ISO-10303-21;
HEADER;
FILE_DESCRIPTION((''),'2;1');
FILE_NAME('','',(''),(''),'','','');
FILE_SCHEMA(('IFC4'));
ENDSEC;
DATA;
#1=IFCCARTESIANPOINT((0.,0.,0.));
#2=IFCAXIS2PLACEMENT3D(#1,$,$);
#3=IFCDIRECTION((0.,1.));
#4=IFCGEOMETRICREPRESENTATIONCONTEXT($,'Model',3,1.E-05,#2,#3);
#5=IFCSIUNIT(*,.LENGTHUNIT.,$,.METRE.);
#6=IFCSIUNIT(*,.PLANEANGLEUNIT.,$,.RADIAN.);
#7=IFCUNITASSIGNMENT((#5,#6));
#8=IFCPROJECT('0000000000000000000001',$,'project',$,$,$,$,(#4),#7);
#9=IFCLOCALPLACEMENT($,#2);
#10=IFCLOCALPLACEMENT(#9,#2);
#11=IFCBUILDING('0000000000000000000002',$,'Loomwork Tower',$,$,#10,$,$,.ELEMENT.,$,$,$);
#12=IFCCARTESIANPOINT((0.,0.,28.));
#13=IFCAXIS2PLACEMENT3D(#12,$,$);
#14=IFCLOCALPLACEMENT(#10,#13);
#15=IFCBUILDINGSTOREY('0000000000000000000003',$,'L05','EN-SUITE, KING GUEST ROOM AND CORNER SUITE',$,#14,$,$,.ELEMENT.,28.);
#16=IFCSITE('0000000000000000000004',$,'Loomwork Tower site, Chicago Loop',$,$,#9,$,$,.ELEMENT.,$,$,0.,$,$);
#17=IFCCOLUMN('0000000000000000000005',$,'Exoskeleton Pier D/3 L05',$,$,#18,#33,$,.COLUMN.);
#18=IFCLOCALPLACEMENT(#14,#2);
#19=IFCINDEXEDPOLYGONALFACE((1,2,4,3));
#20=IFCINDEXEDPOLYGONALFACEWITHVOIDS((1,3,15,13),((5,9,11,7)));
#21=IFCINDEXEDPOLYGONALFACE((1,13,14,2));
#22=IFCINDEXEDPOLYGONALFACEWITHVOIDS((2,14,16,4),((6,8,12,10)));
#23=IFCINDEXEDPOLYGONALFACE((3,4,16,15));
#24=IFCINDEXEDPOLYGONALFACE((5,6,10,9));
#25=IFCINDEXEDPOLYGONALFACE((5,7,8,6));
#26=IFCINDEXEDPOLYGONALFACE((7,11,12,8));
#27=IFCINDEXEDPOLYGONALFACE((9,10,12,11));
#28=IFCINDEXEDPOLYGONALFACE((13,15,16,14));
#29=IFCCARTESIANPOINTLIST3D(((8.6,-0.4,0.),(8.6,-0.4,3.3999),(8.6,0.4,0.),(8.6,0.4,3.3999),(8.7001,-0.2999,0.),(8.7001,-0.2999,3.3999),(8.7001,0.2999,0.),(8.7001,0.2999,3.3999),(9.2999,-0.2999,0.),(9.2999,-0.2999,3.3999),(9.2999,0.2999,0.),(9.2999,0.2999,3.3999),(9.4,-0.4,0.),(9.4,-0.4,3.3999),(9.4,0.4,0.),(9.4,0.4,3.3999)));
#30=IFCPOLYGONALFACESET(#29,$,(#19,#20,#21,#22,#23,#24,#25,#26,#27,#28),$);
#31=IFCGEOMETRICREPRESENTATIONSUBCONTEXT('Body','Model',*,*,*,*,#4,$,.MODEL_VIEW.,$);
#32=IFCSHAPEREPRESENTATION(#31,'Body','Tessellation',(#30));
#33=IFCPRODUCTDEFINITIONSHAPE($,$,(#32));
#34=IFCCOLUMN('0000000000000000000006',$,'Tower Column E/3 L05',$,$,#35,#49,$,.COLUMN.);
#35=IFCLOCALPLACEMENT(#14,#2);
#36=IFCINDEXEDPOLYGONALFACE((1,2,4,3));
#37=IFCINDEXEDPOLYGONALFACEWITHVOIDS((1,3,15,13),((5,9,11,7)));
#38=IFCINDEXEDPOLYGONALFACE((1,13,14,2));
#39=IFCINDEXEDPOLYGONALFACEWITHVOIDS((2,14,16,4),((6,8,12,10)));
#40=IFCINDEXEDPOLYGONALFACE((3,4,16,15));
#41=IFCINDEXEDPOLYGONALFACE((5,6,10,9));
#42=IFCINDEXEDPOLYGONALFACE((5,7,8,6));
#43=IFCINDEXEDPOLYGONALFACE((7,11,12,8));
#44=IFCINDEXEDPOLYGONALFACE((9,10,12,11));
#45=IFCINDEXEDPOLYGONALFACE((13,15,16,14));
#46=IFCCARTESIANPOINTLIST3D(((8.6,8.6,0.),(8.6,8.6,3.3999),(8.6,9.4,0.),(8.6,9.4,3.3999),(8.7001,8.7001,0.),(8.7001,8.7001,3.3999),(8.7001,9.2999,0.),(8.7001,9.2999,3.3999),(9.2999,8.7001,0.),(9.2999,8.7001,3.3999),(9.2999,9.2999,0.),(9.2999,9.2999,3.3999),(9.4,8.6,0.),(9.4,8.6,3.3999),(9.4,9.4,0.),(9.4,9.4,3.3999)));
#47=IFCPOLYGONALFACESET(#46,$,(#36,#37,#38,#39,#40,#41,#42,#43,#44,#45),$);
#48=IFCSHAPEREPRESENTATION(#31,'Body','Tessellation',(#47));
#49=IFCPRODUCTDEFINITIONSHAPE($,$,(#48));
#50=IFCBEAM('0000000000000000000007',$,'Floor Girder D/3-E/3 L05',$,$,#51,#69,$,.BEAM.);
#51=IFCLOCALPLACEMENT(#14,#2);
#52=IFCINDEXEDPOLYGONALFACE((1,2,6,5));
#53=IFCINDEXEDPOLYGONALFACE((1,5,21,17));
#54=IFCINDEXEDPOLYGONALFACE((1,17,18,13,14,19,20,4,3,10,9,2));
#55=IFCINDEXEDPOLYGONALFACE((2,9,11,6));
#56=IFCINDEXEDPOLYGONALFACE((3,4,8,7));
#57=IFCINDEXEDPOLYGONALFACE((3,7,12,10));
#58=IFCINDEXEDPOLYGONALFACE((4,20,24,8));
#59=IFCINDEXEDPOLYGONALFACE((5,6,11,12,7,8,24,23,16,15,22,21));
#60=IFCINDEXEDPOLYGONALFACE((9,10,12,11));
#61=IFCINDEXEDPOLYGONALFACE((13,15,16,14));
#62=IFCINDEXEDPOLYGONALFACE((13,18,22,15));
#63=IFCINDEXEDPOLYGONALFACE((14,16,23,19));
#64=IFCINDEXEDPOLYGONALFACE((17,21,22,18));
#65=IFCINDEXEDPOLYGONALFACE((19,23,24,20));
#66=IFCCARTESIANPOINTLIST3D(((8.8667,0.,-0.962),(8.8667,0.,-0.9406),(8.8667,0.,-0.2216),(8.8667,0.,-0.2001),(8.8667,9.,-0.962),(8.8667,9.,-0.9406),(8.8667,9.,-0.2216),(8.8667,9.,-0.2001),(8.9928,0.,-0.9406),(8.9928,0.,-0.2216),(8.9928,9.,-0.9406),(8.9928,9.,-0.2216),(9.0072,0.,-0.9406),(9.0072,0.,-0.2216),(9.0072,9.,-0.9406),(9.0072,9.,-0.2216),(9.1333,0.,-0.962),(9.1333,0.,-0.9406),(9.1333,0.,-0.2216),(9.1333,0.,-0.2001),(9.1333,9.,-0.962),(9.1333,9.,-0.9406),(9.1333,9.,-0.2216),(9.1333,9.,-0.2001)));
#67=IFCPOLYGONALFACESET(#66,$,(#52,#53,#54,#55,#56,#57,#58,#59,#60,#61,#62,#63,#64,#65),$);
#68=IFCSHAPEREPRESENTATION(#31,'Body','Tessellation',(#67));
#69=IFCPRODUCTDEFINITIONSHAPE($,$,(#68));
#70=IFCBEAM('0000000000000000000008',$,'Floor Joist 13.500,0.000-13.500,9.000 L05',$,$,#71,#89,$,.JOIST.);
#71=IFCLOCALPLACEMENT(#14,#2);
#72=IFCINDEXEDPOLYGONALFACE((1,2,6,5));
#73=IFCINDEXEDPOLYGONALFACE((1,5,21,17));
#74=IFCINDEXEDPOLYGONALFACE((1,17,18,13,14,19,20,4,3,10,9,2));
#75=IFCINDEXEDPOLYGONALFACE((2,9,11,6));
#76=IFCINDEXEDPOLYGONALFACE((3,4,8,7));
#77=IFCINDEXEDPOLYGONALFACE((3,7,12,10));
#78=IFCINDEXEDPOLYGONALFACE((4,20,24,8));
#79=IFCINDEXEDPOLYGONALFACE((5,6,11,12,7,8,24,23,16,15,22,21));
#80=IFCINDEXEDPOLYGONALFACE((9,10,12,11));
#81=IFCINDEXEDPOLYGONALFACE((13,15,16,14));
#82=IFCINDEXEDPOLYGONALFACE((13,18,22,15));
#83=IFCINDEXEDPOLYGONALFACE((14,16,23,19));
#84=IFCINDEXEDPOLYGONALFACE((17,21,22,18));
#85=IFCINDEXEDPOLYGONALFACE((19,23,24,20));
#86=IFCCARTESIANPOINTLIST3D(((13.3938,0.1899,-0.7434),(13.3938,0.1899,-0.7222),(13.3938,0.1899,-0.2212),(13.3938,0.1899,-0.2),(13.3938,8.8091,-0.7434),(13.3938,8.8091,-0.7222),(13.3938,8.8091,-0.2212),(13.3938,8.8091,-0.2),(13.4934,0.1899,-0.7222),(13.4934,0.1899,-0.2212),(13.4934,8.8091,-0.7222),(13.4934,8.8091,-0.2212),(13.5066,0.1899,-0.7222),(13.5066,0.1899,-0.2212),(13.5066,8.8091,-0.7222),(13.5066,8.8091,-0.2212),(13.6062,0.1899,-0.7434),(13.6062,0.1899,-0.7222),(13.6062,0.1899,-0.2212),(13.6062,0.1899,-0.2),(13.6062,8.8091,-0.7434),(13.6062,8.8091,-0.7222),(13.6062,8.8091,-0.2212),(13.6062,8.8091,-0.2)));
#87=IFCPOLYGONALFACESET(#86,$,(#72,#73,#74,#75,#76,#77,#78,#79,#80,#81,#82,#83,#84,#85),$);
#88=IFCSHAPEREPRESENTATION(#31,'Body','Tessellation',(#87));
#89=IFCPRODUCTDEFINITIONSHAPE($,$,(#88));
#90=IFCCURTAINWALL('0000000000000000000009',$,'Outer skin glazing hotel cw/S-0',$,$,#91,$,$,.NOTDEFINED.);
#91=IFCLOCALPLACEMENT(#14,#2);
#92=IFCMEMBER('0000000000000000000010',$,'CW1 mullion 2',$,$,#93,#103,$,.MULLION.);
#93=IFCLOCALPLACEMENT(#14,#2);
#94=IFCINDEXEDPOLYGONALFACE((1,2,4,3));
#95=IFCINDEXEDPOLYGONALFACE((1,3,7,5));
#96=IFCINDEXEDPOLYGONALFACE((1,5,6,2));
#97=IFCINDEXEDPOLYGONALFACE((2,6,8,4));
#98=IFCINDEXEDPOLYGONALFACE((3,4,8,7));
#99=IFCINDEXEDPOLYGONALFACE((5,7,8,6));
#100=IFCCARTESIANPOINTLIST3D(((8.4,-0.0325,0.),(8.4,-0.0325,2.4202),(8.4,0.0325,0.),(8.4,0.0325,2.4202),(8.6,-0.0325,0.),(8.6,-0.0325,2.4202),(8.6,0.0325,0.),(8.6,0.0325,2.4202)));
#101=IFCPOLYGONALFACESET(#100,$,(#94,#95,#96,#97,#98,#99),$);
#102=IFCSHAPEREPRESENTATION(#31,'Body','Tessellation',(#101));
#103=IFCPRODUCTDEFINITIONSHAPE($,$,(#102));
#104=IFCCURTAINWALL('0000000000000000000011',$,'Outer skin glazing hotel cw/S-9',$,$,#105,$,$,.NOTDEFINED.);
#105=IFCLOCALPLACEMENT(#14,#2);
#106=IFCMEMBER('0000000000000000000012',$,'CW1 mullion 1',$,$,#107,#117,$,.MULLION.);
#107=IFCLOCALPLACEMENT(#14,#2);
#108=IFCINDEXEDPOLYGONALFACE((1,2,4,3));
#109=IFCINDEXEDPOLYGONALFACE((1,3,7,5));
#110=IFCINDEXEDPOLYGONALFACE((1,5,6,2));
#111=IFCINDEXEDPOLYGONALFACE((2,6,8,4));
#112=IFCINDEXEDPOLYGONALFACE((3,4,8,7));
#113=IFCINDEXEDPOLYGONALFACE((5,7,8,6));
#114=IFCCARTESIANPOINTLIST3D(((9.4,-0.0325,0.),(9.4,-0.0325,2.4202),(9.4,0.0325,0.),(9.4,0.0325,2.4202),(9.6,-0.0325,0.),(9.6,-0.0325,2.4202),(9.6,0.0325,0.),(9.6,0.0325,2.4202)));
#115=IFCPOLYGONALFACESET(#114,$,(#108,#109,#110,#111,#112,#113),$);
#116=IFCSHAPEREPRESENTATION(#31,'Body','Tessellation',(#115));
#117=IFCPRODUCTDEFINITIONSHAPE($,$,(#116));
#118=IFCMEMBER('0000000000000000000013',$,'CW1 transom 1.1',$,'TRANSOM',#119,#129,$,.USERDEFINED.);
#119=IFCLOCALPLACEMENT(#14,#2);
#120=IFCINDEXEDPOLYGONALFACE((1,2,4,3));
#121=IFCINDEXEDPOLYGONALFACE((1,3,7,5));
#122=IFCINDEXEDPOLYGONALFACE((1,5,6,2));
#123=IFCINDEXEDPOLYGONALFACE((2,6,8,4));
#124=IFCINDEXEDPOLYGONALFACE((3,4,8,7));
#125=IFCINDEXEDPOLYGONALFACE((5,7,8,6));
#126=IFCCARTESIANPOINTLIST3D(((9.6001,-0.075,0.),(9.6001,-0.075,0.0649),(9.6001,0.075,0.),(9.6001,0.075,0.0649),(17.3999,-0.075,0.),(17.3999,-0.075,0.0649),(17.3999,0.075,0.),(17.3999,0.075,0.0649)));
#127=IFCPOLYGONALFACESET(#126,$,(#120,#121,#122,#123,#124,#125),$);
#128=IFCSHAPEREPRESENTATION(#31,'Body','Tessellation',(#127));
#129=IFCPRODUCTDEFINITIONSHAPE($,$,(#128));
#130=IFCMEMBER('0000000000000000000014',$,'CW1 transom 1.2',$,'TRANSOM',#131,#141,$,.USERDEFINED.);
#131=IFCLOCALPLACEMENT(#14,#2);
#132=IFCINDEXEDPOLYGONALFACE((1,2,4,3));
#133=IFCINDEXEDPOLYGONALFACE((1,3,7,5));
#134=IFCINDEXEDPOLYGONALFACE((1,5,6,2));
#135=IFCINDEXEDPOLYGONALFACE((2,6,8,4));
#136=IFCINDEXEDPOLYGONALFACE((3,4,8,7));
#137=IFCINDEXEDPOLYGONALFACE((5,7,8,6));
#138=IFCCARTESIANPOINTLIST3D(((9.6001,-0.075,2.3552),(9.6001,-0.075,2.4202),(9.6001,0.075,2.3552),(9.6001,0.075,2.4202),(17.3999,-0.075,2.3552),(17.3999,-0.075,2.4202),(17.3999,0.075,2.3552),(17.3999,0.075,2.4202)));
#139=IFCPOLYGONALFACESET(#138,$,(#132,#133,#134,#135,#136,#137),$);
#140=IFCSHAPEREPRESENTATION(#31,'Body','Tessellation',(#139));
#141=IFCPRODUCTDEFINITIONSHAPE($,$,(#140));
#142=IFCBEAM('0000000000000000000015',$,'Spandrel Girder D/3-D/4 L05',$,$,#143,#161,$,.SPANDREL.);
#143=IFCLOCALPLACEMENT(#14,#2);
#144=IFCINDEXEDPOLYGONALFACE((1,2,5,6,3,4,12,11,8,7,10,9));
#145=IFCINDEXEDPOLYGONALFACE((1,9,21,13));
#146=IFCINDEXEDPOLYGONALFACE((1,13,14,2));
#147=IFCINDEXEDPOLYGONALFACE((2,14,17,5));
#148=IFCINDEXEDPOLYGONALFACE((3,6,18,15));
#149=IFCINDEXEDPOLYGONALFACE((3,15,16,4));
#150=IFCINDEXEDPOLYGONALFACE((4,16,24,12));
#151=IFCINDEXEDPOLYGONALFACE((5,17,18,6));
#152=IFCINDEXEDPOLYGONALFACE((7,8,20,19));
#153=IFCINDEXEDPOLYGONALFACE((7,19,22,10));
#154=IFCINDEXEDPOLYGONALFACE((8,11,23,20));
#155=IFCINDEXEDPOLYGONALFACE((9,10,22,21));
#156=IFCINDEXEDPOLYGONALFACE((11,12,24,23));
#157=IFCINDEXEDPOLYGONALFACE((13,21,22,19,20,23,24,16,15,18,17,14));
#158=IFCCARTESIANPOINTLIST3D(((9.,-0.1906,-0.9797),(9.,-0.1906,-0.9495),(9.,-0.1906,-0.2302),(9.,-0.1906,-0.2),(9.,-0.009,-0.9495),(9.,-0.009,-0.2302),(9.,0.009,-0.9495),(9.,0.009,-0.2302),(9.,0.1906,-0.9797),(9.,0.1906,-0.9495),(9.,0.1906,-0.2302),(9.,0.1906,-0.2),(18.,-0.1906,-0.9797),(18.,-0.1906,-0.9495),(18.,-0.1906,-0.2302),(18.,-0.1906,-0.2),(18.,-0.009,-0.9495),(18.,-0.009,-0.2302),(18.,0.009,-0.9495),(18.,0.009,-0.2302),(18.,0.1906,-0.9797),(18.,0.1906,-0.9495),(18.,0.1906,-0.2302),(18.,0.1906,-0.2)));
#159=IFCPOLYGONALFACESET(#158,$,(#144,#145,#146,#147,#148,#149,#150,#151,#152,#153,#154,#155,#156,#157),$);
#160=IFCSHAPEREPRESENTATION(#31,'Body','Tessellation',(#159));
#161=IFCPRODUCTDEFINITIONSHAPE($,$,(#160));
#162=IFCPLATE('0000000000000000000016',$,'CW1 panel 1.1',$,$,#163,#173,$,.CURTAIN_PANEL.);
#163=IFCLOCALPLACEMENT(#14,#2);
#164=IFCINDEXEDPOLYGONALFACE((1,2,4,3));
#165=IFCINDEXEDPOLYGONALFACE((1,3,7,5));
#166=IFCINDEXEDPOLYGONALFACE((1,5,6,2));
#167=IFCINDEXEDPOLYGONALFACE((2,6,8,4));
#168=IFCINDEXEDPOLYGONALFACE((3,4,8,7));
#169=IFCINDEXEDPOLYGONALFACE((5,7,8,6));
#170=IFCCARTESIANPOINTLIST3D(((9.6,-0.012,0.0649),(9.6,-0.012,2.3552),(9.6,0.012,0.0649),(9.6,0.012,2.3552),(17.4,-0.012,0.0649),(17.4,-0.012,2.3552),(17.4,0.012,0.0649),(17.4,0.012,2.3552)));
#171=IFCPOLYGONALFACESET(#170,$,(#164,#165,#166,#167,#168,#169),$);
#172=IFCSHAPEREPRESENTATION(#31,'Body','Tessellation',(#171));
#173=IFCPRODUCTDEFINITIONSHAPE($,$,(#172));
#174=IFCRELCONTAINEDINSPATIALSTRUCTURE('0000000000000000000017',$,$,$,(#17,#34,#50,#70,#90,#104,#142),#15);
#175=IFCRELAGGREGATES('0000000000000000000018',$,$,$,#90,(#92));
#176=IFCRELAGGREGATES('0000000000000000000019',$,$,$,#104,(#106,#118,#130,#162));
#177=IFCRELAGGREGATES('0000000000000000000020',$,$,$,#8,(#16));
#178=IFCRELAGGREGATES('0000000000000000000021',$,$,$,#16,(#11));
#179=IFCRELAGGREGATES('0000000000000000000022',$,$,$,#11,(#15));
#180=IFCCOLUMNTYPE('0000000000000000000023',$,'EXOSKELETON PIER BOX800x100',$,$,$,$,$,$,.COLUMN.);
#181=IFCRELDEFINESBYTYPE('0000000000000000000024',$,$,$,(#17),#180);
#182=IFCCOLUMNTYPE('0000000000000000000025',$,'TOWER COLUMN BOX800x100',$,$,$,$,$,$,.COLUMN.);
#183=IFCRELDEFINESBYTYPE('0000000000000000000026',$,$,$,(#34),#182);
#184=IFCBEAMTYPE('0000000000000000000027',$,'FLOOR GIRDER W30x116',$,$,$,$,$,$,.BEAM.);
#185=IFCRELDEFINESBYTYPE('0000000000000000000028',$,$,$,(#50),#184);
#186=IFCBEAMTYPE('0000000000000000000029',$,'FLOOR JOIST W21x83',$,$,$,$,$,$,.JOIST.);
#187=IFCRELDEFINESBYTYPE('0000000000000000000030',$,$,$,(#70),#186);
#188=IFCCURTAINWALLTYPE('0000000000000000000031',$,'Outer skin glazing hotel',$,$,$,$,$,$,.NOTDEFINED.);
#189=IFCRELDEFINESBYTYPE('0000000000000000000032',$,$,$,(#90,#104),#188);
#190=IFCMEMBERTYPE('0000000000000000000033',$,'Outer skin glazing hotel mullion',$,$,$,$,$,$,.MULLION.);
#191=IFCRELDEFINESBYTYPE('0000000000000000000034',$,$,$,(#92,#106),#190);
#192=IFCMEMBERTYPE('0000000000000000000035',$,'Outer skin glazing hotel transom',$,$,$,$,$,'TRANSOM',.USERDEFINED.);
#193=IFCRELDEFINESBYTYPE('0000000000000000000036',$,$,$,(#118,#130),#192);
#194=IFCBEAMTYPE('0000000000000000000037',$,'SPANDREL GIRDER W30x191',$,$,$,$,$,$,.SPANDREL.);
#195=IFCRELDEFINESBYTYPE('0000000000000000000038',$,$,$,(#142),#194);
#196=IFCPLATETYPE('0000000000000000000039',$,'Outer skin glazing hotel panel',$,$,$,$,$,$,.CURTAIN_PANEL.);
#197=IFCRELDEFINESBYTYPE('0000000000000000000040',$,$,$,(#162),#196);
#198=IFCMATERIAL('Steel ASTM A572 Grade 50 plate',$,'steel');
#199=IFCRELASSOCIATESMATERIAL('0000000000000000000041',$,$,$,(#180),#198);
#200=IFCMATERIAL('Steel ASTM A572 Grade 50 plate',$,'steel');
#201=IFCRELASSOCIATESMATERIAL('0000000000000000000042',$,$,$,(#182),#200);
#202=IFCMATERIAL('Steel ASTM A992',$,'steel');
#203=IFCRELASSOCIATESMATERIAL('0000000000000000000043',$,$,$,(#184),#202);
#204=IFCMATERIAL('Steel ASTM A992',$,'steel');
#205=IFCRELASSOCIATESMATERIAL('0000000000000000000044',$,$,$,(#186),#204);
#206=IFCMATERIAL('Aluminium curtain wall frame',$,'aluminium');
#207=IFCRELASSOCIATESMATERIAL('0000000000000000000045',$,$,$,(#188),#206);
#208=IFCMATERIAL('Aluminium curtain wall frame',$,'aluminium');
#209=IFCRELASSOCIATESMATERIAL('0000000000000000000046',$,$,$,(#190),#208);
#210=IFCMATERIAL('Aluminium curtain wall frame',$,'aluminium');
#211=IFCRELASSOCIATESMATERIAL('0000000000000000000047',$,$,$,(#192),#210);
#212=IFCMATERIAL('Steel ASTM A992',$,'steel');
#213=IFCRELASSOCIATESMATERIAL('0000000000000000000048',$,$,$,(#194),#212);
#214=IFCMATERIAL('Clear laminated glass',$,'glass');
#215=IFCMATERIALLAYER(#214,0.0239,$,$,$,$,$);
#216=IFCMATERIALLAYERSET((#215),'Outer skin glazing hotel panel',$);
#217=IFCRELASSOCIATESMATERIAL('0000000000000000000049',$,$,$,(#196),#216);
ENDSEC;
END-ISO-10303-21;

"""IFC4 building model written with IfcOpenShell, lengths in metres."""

from ifc_helpers import new_model, si_unit, direction, frame, origin, origin_2d, place, context, subcontext, project, spatial, rectangle, hollow_rectangle, i_section, extrude, material, layer, layer_set, material_profile, profile_set, type_object, element, aggregate, save


model = new_model("IFC4")

# Units and contexts
model_context = context("Model", 3, precision=1e-05, world=origin(), true_north=direction((0.0, 1.0)))
body_context = subcontext(model_context, "Body", "Model", "MODEL_VIEW")
ifc_project = project(units=[si_unit("LENGTHUNIT", "METRE"), si_unit("PLANEANGLEUNIT", "RADIAN")], contexts=[model_context])

# Site, building, storey
site_placement = place(None, origin())
site = spatial("IfcSite", under=ifc_project, at=site_placement, Name="Loomwork Tower site, Chicago Loop", CompositionType="ELEMENT", RefElevation=0.0)
building_placement = place(site_placement, origin())
building = spatial("IfcBuilding", under=site, at=building_placement, Name="Loomwork Tower", CompositionType="ELEMENT")
storey_placement = place(building_placement, frame((0.0, 0.0, 28.0)))
storey = spatial("IfcBuildingStorey", under=building, at=storey_placement, Name="L05", Description="EN-SUITE, KING GUEST ROOM AND CORNER SUITE", CompositionType="ELEMENT", Elevation=28.0)

# Columns
ifc_material_1 = material(Name="Steel ASTM A572 Grade 50 plate", Category="steel")
ifc_material_profile_1 = material_profile(ifc_material_1, hollow_rectangle(XDim=0.8, YDim=0.8, WallThickness=0.1001, at=origin_2d()), Name="BOX800x100")
ifc_profile_set_1 = profile_set([ifc_material_profile_1], Name="Steel ASTM A572 Grade 50 plate")
column_type_1 = type_object("IfcColumnType", Name="EXOSKELETON PIER BOX800x100", PredefinedType="COLUMN", material=ifc_profile_set_1)
column_1_placement = place(storey_placement, frame((9.0, 0.0, 0.0), z_axis=(0.0, 0.0, 1.0), x_axis=(1.0, 0.0, 0.0)))
element("IfcColumn", 1, at=column_1_placement, inside=storey, type_object=column_type_1, Name="Exoskeleton Pier D/3 L05", PredefinedType="COLUMN", context=body_context, shape_type="SweptSolid", body=[
    extrude(hollow_rectangle(XDim=0.8, YDim=0.8, WallThickness=0.1001, at=origin_2d()), origin(), (0.0, 0.0, 1.0), 3.3999),
])
ifc_material_2 = material(Name="Steel ASTM A572 Grade 50 plate", Category="steel")
ifc_material_profile_2 = material_profile(ifc_material_2, hollow_rectangle(XDim=0.8, YDim=0.8, WallThickness=0.1001, at=origin_2d()), Name="BOX800x100")
ifc_profile_set_2 = profile_set([ifc_material_profile_2], Name="Steel ASTM A572 Grade 50 plate")
column_type_2 = type_object("IfcColumnType", Name="TOWER COLUMN BOX800x100", PredefinedType="COLUMN", material=ifc_profile_set_2)
column_2_placement = place(storey_placement, frame((9.0, 9.0, 0.0), z_axis=(0.0, 0.0, 1.0), x_axis=(1.0, 0.0, 0.0)))
element("IfcColumn", 2, at=column_2_placement, inside=storey, type_object=column_type_2, Name="Tower Column E/3 L05", PredefinedType="COLUMN", context=body_context, shape_type="SweptSolid", body=[
    extrude(hollow_rectangle(XDim=0.8, YDim=0.8, WallThickness=0.1001, at=origin_2d()), origin(), (0.0, 0.0, 1.0), 3.3999),
])

# Beams
ifc_material_3 = material(Name="Steel ASTM A992", Category="steel")
ifc_material_profile_3 = material_profile(ifc_material_3, i_section(OverallWidth=0.2666, OverallDepth=0.762, WebThickness=0.0144, FlangeThickness=0.0215, at=origin_2d()), Name="W30x116")
ifc_profile_set_3 = profile_set([ifc_material_profile_3], Name="Steel ASTM A992")
beam_type_1 = type_object("IfcBeamType", Name="FLOOR GIRDER W30x116", PredefinedType="BEAM", material=ifc_profile_set_3)
beam_1_placement = place(storey_placement, frame((9.0, 0.0, -0.5811), z_axis=(0.0, 1.0, 0.0), x_axis=(-1.0, 0.0, 0.0)))
element("IfcBeam", 3, at=beam_1_placement, inside=storey, type_object=beam_type_1, Name="Floor Girder D/3-E/3 L05", PredefinedType="BEAM", context=body_context, shape_type="SweptSolid", body=[
    extrude(i_section(OverallWidth=0.2666, OverallDepth=0.762, WebThickness=0.0144, FlangeThickness=0.0215, at=origin_2d()), origin(), (0.0, 0.0, 1.0), 9.0),
])
ifc_material_4 = material(Name="Steel ASTM A992", Category="steel")
ifc_material_profile_4 = material_profile(ifc_material_4, i_section(OverallWidth=0.2124, OverallDepth=0.5435, WebThickness=0.0132, FlangeThickness=0.0212, at=origin_2d()), Name="W21x83")
ifc_profile_set_4 = profile_set([ifc_material_profile_4], Name="Steel ASTM A992")
beam_type_2 = type_object("IfcBeamType", Name="FLOOR JOIST W21x83", PredefinedType="JOIST", material=ifc_profile_set_4)
beam_2_placement = place(storey_placement, frame((13.5, 0.1899, -0.4717), z_axis=(0.0, 1.0, 0.0), x_axis=(-1.0, 0.0, 0.0)))
element("IfcBeam", 4, at=beam_2_placement, inside=storey, type_object=beam_type_2, Name="Floor Joist 13.500,0.000-13.500,9.000 L05", PredefinedType="JOIST", context=body_context, shape_type="SweptSolid", body=[
    extrude(i_section(OverallWidth=0.2124, OverallDepth=0.5435, WebThickness=0.0132, FlangeThickness=0.0212, at=origin_2d()), origin(), (0.0, 0.0, 1.0), 8.6191),
])

# Curtain wall, member
ifc_material_5 = material(Name="Aluminium curtain wall frame", Category="aluminium")
curtain_wall_type = type_object("IfcCurtainWallType", Name="Outer skin glazing hotel", PredefinedType="NOTDEFINED", material=ifc_material_5)
curtain_wall_1_placement = place(storey_placement, origin())
curtain_wall_1 = element("IfcCurtainWall", 5, at=curtain_wall_1_placement, inside=storey, type_object=curtain_wall_type, Name="Outer skin glazing hotel cw/S-0", PredefinedType="NOTDEFINED")
ifc_material_6 = material(Name="Aluminium curtain wall frame", Category="aluminium")
ifc_material_profile_5 = material_profile(ifc_material_6, rectangle(XDim=0.0649, YDim=0.2, at=origin_2d()), Name="AL 65x200")
ifc_profile_set_5 = profile_set([ifc_material_profile_5], Name="Aluminium curtain wall frame")
member_type_1 = type_object("IfcMemberType", Name="Outer skin glazing hotel mullion", PredefinedType="MULLION", material=ifc_profile_set_5)
member_1_placement = place(storey_placement, frame((8.5, 0.0, 0.0), z_axis=(0.0, 0.0, 1.0), x_axis=(0.0, 1.0, 0.0)))
member_1 = element("IfcMember", 6, at=member_1_placement, type_object=member_type_1, Name="CW1 mullion 2", PredefinedType="MULLION", context=body_context, shape_type="SweptSolid", body=[
    extrude(rectangle(XDim=0.0649, YDim=0.2, at=origin_2d()), origin(), (0.0, 0.0, 1.0), 2.4202),
])
aggregate(curtain_wall_1, [member_1])

# Curtain wall, members
curtain_wall_2_placement = place(storey_placement, origin())
curtain_wall_2 = element("IfcCurtainWall", 7, at=curtain_wall_2_placement, inside=storey, type_object=curtain_wall_type, Name="Outer skin glazing hotel cw/S-9", PredefinedType="NOTDEFINED")
member_2_placement = place(storey_placement, frame((9.5, 0.0, 0.0), z_axis=(0.0, 0.0, 1.0), x_axis=(0.0, 1.0, 0.0)))
member_2 = element("IfcMember", 8, at=member_2_placement, type_object=member_type_1, Name="CW1 mullion 1", PredefinedType="MULLION", context=body_context, shape_type="SweptSolid", body=[
    extrude(rectangle(XDim=0.0649, YDim=0.2, at=origin_2d()), origin(), (0.0, 0.0, 1.0), 2.4202),
])
ifc_material_7 = material(Name="Aluminium curtain wall frame", Category="aluminium")
ifc_material_profile_6 = material_profile(ifc_material_7, rectangle(XDim=0.1499, YDim=0.0649, at=origin_2d()), Name="AL 65x150")
ifc_profile_set_6 = profile_set([ifc_material_profile_6], Name="Aluminium curtain wall frame")
member_type_2 = type_object("IfcMemberType", Name="Outer skin glazing hotel transom", ElementType="TRANSOM", PredefinedType="USERDEFINED", material=ifc_profile_set_6)
member_3_placement = place(storey_placement, frame((9.6001, 0.0, 0.0325), z_axis=(1.0, 0.0, 0.0), x_axis=(0.0, 1.0, 0.0)))
member_3 = element("IfcMember", 9, at=member_3_placement, type_object=member_type_2, Name="CW1 transom 1.1", ObjectType="TRANSOM", PredefinedType="USERDEFINED", context=body_context, shape_type="SweptSolid", body=[
    extrude(rectangle(XDim=0.1499, YDim=0.0649, at=origin_2d()), origin(), (0.0, 0.0, 1.0), 7.7998),
])
member_4_placement = place(storey_placement, frame((9.6001, 0.0, 2.3877), z_axis=(1.0, 0.0, 0.0), x_axis=(0.0, 1.0, 0.0)))
member_4 = element("IfcMember", 10, at=member_4_placement, type_object=member_type_2, Name="CW1 transom 1.2", ObjectType="TRANSOM", PredefinedType="USERDEFINED", context=body_context, shape_type="SweptSolid", body=[
    extrude(rectangle(XDim=0.1499, YDim=0.0649, at=origin_2d()), origin(), (0.0, 0.0, 1.0), 7.7998),
])

# Beam
ifc_material_8 = material(Name="Steel ASTM A992", Category="steel")
ifc_material_profile_7 = material_profile(ifc_material_8, i_section(OverallWidth=0.3811, OverallDepth=0.7798, WebThickness=0.0181, FlangeThickness=0.0303, at=origin_2d()), Name="W30x191")
ifc_profile_set_7 = profile_set([ifc_material_profile_7], Name="Steel ASTM A992")
beam_type_3 = type_object("IfcBeamType", Name="SPANDREL GIRDER W30x191", PredefinedType="SPANDREL", material=ifc_profile_set_7)
beam_3_placement = place(storey_placement, frame((9.0, 0.0, -0.5898), z_axis=(1.0, 0.0, 0.0), x_axis=(0.0, 1.0, 0.0)))
element("IfcBeam", 11, at=beam_3_placement, inside=storey, type_object=beam_type_3, Name="Spandrel Girder D/3-D/4 L05", PredefinedType="SPANDREL", context=body_context, shape_type="SweptSolid", body=[
    extrude(i_section(OverallWidth=0.3811, OverallDepth=0.7798, WebThickness=0.0181, FlangeThickness=0.0303, at=origin_2d()), origin(), (0.0, 0.0, 1.0), 9.0),
])

# Plate
ifc_material_9 = material(Name="Clear laminated glass", Category="glass")
ifc_layer_1 = layer(ifc_material_9, 0.0239)
ifc_layer_set_1 = layer_set([ifc_layer_1], Name="Outer skin glazing hotel panel")
plate_type = type_object("IfcPlateType", Name="Outer skin glazing hotel panel", PredefinedType="CURTAIN_PANEL", material=ifc_layer_set_1)
plate_placement = place(storey_placement, frame((13.5, 0.0, 0.0649), z_axis=(0.0, 0.0, 1.0), x_axis=(1.0, 0.0, 0.0)))
plate = element("IfcPlate", 12, at=plate_placement, type_object=plate_type, Name="CW1 panel 1.1", PredefinedType="CURTAIN_PANEL", context=body_context, shape_type="SweptSolid", body=[
    extrude(rectangle(XDim=7.8, YDim=0.0239, at=origin_2d()), origin(), (0.0, 0.0, 1.0), 2.2903),
])
aggregate(curtain_wall_2, [member_2, member_3, member_4, plate])

save(model, "model.ifc")
